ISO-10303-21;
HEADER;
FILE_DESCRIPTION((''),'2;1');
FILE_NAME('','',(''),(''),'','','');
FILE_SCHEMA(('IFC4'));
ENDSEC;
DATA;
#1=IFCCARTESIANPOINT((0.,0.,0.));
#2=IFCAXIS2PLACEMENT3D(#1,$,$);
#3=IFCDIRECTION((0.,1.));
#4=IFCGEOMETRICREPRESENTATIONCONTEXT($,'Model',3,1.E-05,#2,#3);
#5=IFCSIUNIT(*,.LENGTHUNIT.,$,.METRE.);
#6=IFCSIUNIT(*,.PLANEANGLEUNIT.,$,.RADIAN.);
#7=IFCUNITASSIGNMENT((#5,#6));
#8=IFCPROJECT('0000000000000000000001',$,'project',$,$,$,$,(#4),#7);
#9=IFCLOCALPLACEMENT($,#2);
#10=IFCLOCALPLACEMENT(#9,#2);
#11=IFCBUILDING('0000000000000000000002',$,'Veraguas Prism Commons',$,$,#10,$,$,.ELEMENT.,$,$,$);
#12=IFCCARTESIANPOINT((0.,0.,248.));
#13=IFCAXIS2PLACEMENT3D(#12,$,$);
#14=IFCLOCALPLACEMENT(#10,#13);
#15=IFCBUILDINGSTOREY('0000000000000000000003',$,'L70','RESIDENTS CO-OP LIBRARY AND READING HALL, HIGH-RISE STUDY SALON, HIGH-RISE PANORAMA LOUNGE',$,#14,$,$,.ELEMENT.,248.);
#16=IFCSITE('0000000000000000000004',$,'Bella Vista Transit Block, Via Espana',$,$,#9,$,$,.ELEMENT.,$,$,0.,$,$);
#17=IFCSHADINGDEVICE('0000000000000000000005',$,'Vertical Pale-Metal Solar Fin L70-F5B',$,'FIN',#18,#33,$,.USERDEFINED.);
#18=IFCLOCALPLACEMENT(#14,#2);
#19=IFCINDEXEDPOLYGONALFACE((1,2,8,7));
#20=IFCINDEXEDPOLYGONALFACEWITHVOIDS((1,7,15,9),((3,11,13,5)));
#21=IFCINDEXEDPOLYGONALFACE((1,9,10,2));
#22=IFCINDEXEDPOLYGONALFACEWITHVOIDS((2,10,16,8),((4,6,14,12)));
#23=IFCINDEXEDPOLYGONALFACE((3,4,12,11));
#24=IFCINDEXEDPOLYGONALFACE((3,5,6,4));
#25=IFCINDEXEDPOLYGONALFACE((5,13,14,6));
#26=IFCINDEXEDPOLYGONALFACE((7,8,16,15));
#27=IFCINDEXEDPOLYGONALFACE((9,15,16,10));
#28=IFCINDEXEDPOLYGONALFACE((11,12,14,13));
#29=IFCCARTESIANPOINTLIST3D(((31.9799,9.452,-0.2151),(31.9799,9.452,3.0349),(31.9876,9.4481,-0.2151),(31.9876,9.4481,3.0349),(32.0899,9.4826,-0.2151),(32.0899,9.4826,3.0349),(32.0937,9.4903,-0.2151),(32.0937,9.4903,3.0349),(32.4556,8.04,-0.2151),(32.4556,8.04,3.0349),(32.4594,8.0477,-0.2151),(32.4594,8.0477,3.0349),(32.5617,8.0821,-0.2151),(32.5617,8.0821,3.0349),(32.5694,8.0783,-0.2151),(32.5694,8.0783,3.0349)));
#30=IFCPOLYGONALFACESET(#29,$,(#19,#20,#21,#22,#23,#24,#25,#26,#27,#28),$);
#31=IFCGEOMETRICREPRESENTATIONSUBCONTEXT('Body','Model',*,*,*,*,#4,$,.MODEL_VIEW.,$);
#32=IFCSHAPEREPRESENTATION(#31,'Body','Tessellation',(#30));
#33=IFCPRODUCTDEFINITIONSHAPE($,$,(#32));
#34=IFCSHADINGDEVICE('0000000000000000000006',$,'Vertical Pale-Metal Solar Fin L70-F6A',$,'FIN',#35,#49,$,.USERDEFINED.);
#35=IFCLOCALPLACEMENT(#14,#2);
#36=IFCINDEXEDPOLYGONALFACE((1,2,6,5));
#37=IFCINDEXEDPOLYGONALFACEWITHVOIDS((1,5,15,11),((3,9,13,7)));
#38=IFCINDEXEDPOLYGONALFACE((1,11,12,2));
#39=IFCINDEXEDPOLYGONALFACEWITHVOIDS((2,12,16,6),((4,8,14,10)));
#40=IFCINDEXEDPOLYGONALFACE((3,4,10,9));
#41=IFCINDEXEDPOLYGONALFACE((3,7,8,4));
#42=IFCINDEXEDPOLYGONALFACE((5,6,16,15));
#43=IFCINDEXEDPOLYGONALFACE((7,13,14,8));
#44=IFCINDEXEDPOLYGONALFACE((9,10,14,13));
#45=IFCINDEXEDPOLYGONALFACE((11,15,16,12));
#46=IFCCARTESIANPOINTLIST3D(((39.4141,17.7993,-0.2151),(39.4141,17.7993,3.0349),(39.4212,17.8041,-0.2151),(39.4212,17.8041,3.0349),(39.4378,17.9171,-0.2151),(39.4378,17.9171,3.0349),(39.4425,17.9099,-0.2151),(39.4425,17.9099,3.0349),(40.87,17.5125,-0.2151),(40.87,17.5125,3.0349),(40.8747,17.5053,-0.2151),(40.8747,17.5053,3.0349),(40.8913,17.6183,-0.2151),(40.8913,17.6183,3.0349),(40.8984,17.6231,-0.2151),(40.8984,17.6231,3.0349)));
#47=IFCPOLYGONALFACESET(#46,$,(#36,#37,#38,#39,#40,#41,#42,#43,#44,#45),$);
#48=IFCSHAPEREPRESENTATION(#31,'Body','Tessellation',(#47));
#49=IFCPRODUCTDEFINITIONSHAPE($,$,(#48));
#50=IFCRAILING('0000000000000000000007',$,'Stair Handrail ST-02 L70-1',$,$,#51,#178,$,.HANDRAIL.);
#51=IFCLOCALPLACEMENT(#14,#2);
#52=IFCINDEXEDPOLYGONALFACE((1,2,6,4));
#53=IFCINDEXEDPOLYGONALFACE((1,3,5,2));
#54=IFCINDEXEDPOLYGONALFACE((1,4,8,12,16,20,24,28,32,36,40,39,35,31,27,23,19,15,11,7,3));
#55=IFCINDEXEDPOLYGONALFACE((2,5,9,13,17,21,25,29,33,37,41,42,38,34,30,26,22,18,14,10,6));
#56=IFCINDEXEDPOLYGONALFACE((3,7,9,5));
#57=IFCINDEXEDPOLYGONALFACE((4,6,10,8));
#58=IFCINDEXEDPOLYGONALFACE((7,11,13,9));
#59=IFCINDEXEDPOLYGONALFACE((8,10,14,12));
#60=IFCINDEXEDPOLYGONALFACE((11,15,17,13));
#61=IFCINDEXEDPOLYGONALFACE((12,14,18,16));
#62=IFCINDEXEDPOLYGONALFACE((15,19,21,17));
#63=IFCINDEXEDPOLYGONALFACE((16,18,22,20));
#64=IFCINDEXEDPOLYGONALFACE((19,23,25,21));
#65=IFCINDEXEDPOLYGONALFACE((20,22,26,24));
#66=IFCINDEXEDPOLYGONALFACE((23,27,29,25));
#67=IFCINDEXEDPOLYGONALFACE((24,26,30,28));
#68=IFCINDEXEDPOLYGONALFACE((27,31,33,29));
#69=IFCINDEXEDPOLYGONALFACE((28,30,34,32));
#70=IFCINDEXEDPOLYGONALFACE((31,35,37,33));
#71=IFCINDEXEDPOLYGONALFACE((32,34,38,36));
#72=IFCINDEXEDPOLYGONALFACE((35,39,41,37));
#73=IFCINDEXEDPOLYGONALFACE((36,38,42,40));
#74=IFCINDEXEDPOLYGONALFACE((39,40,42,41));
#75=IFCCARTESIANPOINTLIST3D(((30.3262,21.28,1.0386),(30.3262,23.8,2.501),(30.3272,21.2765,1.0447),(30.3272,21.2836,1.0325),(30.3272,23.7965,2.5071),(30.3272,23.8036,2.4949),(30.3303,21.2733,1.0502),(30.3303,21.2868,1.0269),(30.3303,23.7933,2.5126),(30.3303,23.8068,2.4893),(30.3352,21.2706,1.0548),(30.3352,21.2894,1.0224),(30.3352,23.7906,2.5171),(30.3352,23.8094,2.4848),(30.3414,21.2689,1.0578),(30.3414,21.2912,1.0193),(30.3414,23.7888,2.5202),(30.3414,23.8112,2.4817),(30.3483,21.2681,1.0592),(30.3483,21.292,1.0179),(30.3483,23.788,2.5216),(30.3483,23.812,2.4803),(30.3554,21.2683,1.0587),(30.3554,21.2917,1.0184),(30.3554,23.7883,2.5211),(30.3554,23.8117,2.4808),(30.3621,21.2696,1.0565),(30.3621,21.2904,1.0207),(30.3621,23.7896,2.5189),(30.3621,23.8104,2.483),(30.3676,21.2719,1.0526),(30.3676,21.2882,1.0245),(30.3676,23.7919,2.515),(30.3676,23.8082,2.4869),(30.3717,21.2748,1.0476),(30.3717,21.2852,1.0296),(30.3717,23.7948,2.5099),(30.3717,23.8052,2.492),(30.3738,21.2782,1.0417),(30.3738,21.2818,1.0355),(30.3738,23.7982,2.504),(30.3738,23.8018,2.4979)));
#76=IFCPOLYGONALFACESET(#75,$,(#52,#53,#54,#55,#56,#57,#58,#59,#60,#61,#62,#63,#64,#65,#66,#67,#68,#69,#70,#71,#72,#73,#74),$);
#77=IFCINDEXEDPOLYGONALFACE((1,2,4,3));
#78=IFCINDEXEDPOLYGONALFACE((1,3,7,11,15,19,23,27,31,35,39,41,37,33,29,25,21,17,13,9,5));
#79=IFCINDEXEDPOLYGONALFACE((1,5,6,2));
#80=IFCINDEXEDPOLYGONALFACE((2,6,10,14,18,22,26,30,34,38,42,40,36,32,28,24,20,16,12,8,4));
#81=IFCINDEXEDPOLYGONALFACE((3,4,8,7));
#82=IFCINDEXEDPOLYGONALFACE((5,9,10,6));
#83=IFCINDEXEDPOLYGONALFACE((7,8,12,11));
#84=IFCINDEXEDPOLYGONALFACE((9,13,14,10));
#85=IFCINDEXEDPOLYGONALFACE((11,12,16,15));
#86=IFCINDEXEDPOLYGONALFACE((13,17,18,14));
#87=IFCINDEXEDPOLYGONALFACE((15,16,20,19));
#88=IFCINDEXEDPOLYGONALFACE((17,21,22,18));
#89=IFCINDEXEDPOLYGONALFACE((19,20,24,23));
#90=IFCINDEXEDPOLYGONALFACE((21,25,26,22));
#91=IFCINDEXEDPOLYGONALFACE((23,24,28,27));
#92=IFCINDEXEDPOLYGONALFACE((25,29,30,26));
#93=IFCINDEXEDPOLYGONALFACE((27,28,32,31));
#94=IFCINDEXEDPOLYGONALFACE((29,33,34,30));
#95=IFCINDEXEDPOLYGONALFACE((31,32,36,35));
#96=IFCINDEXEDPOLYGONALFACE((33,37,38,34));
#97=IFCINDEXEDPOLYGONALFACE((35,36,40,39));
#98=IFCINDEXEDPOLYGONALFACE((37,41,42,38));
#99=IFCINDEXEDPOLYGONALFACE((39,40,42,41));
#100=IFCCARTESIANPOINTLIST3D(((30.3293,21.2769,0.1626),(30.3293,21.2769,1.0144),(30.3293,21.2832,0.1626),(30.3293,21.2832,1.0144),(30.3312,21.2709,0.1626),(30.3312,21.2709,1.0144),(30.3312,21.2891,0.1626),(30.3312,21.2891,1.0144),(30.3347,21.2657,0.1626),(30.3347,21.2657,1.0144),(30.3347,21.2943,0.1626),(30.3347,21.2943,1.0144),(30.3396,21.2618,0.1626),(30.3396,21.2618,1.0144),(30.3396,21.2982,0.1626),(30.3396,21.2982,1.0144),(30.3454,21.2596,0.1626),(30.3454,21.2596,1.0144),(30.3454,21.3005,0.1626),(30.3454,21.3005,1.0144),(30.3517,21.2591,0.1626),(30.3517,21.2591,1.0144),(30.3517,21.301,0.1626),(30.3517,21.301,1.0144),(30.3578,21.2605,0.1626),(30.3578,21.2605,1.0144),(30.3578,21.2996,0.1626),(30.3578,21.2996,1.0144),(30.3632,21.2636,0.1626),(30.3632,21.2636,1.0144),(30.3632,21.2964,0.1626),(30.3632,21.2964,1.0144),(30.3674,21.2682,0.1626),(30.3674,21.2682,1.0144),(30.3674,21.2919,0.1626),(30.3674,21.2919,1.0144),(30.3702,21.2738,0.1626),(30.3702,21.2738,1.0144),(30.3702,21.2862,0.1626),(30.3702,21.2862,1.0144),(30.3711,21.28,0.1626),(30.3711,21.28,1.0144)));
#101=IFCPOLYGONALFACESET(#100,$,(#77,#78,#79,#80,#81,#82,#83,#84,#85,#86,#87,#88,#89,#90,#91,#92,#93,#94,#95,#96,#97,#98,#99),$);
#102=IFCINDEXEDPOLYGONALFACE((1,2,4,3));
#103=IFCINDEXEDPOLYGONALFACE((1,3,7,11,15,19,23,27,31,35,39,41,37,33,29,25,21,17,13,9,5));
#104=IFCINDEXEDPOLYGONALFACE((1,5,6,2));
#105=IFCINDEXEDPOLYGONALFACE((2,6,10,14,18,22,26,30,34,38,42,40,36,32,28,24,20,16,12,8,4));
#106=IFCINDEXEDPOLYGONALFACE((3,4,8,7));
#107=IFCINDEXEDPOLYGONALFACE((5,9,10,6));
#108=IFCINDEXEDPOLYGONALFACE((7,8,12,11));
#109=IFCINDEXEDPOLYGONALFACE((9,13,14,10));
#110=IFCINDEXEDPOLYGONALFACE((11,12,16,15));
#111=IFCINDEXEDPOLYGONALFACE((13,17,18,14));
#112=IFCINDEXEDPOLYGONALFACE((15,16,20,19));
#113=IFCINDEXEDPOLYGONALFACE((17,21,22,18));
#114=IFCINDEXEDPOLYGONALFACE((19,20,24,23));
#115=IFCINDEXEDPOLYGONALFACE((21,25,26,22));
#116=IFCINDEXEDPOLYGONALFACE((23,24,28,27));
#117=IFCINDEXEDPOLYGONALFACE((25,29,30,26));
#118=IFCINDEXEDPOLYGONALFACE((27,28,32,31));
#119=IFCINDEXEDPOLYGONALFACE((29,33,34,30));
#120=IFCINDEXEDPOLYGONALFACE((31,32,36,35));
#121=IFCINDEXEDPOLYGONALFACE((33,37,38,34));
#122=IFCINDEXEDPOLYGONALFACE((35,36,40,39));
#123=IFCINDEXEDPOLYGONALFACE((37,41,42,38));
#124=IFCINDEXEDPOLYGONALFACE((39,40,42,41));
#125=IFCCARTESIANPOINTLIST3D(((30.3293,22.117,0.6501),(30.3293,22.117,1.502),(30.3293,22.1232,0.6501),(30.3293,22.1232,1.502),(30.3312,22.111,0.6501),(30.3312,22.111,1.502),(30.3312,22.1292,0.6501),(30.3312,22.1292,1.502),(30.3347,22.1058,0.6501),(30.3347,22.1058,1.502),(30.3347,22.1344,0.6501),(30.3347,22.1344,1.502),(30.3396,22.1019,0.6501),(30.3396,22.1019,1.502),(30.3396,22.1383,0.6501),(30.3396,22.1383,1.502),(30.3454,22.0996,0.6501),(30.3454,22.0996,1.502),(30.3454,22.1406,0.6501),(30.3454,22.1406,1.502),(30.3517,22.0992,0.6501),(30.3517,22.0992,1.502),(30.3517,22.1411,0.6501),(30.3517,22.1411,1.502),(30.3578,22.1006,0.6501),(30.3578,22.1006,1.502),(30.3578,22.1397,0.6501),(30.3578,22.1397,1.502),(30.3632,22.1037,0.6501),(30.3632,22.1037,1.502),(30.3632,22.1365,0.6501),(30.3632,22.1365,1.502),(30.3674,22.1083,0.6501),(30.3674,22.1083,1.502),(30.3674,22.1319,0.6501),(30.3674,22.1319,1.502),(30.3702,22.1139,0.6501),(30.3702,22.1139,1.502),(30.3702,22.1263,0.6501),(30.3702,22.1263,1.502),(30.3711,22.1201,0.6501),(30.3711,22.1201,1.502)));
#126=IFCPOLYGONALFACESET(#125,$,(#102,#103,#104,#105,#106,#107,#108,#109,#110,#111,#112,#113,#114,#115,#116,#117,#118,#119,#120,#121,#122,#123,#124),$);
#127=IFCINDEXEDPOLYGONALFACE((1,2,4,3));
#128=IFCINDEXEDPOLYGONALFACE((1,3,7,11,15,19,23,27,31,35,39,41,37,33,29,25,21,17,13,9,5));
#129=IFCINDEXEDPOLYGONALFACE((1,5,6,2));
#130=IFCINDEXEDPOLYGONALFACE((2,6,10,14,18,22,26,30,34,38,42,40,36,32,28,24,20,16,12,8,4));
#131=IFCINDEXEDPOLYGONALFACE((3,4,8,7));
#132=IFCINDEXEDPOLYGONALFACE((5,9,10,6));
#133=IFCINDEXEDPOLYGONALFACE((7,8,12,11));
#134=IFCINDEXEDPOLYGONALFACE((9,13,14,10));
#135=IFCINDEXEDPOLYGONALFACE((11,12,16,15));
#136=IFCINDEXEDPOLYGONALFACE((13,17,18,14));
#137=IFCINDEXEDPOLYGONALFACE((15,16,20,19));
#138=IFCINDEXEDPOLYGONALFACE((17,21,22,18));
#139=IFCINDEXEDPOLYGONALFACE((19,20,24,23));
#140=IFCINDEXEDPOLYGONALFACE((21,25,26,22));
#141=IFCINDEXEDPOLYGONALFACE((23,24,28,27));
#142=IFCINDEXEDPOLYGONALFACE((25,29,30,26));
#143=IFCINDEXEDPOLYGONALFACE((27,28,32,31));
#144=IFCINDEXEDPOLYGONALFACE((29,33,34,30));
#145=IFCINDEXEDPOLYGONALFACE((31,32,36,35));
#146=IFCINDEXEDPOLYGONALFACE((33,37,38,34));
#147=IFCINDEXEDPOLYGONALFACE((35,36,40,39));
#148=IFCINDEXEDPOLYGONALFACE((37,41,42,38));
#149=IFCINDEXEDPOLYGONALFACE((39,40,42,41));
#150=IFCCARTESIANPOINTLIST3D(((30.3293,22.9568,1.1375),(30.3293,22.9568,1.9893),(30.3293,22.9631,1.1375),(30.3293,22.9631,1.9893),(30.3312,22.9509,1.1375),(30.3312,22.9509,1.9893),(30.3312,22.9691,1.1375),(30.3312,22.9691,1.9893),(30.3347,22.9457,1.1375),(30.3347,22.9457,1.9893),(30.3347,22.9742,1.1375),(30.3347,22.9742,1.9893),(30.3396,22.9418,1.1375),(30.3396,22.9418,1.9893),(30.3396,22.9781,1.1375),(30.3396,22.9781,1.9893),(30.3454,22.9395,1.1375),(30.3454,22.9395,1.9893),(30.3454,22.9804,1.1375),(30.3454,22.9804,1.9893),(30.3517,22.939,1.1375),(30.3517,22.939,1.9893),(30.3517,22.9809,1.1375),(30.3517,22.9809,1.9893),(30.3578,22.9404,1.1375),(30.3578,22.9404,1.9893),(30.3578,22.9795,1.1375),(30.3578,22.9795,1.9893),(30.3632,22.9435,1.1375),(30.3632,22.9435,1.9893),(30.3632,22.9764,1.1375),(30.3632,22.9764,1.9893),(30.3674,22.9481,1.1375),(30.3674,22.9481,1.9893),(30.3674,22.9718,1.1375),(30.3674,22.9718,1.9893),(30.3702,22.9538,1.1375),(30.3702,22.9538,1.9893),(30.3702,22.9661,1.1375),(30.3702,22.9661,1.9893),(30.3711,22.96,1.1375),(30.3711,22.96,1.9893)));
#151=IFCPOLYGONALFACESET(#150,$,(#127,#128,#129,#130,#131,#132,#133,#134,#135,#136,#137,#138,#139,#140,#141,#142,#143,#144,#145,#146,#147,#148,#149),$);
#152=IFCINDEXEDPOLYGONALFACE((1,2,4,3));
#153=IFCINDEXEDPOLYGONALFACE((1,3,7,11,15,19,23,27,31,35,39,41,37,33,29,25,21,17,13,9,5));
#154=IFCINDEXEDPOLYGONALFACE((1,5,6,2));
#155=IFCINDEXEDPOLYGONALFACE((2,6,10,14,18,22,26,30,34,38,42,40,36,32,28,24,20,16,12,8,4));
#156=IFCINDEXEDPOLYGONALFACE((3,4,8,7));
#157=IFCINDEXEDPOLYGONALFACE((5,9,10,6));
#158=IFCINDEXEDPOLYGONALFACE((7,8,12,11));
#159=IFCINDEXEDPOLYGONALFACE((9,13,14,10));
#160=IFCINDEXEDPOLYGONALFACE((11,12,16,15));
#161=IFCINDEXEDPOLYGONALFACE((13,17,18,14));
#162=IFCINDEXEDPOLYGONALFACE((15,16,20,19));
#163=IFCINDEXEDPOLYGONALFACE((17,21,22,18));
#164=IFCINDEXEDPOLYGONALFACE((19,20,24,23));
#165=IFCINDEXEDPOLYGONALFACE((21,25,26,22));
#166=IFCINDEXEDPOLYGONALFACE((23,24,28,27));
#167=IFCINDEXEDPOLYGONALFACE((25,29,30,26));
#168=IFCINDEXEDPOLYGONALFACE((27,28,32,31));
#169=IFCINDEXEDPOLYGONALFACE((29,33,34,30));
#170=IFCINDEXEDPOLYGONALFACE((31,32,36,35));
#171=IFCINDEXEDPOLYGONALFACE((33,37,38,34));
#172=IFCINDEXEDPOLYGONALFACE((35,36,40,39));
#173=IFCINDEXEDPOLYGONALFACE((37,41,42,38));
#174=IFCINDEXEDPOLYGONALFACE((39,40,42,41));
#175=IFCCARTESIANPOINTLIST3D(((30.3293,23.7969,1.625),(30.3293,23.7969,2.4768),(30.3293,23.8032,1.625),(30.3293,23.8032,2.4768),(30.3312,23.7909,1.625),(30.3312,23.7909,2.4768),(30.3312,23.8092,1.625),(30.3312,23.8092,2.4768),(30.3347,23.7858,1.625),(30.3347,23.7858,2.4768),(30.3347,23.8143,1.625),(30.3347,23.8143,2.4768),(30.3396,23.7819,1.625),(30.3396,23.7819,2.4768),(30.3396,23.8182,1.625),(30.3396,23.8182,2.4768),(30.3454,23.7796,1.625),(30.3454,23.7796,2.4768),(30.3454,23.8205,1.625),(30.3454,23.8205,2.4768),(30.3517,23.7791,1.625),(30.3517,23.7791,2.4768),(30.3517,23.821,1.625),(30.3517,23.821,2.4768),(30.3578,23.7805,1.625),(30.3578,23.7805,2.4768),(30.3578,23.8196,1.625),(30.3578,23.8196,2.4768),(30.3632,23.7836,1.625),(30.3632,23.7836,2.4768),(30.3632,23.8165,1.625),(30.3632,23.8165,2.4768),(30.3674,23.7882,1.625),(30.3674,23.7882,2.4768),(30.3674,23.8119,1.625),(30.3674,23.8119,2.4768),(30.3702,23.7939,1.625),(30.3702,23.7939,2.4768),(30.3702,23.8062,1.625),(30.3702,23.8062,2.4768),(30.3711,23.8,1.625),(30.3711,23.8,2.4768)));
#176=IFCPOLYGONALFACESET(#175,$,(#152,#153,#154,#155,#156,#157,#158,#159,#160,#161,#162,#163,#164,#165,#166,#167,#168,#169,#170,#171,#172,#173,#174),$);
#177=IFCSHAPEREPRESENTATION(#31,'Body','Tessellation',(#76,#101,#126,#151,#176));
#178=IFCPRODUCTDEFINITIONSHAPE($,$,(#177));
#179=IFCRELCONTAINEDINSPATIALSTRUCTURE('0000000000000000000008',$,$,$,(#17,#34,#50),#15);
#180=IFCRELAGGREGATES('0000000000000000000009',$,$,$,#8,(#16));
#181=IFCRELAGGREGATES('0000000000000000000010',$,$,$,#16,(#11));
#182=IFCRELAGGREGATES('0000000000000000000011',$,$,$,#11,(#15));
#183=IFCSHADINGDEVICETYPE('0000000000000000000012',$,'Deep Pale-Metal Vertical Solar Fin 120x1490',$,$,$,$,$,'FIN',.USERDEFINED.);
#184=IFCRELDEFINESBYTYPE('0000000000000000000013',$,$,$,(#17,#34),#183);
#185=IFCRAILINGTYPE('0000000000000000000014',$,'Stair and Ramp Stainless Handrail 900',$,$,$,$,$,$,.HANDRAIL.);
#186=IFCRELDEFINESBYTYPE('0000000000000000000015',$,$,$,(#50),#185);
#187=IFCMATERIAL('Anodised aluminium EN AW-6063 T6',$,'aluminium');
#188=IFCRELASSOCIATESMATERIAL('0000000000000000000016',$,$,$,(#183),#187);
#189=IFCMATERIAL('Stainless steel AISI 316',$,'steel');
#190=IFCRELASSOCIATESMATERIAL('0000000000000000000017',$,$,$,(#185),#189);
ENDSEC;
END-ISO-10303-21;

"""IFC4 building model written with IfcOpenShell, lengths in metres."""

from ifc_helpers import new_model, si_unit, direction, frame, origin, origin_2d, place, context, subcontext, project, spatial, hollow_rectangle, circle, extrude, material, material_profile, profile_set, type_object, element, save


model = new_model("IFC4")

# Units and contexts
model_context = context("Model", 3, precision=1e-05, world=origin(), true_north=direction((0.0, 1.0)))
body_context = subcontext(model_context, "Body", "Model", "MODEL_VIEW")
ifc_project = project(units=[si_unit("LENGTHUNIT", "METRE"), si_unit("PLANEANGLEUNIT", "RADIAN")], contexts=[model_context])

# Site, building, storey
site_placement = place(None, origin())
site = spatial("IfcSite", under=ifc_project, at=site_placement, Name="Bella Vista Transit Block, Via Espana", CompositionType="ELEMENT", RefElevation=0.0)
building_placement = place(site_placement, origin())
building = spatial("IfcBuilding", under=site, at=building_placement, Name="Veraguas Prism Commons", CompositionType="ELEMENT")
storey_placement = place(building_placement, frame((0.0, 0.0, 248.0)))
storey = spatial("IfcBuildingStorey", under=building, at=storey_placement, Name="L70", Description="RESIDENTS CO-OP LIBRARY AND READING HALL, HIGH-RISE STUDY SALON, HIGH-RISE PANORAMA LOUNGE", CompositionType="ELEMENT", Elevation=248.0)

# Shared definitions
ifc_material_1 = material(Name="Anodised aluminium EN AW-6063 T6", Category="aluminium")

# Shading devices
ifc_material_profile_1 = material_profile(ifc_material_1, hollow_rectangle(XDim=0.1201, YDim=1.49, WallThickness=0.0061, at=origin_2d()), Name="FIN120X1490X6")
ifc_profile_set_1 = profile_set([ifc_material_profile_1], Name="Anodised aluminium EN AW-6063 T6")
shading_device_type = type_object("IfcShadingDeviceType", Name="Deep Pale-Metal Vertical Solar Fin 120x1490", ElementType="FIN", PredefinedType="USERDEFINED", material=ifc_profile_set_1)
for number, where, z_axis, x_axis, name in (
    (1, (32.2747, 8.7651, -0.2151), (0.0, 0.0, 1.0), (0.947658, 0.319287, 0.0), "Vertical Pale-Metal Solar Fin L70-F5B"),
    (2, (40.1562, 17.7112, -0.2151), (0.0, 0.0, 1.0), (0.197315, 0.98034, 0.0), "Vertical Pale-Metal Solar Fin L70-F6A"),
):
    element("IfcShadingDevice", number, at=place(storey_placement, frame(where, z_axis=z_axis, x_axis=x_axis)), inside=storey, type_object=shading_device_type, Name=name, ObjectType="FIN", PredefinedType="USERDEFINED", context=body_context, shape_type="SweptSolid", body=[
        extrude(hollow_rectangle(XDim=0.1201, YDim=1.49, WallThickness=0.0061, at=origin_2d()), origin(), (0.0, 0.0, 1.0), 3.25),
    ])

# Railing
ifc_material_2 = material(Name="Stainless steel AISI 316", Category="steel")
railing_type = type_object("IfcRailingType", Name="Stair and Ramp Stainless Handrail 900", PredefinedType="HANDRAIL", material=ifc_material_2)
railing_placement = place(storey_placement, frame((30.3501, 21.28, 0.1626)))
element("IfcRailing", 3, at=railing_placement, inside=storey, type_object=railing_type, Name="Stair Handrail ST-02 L70-1", PredefinedType="HANDRAIL", context=body_context, shape_type="SweptSolid", body=[
    extrude(circle(Radius=0.0239, at=origin_2d()), frame((0.0, 0.0, 0.876), z_axis=(0.0, 0.864913, 0.501921), x_axis=(-1.0, 0.0, 0.0)), (0.0, 0.0, 1.0), 2.9136),
    extrude(circle(Radius=0.021, at=origin_2d()), origin(), (0.0, 0.0, 1.0), 0.8518),
    extrude(circle(Radius=0.021, at=origin_2d()), frame((0.0, 0.8401, 0.4875)), (0.0, 0.0, 1.0), 0.8518),
    extrude(circle(Radius=0.021, at=origin_2d()), frame((0.0, 1.6799, 0.9749)), (0.0, 0.0, 1.0), 0.8518),
    extrude(circle(Radius=0.021, at=origin_2d()), frame((0.0, 2.52, 1.4624)), (0.0, 0.0, 1.0), 0.8518),
])

save(model, "model.ifc")
